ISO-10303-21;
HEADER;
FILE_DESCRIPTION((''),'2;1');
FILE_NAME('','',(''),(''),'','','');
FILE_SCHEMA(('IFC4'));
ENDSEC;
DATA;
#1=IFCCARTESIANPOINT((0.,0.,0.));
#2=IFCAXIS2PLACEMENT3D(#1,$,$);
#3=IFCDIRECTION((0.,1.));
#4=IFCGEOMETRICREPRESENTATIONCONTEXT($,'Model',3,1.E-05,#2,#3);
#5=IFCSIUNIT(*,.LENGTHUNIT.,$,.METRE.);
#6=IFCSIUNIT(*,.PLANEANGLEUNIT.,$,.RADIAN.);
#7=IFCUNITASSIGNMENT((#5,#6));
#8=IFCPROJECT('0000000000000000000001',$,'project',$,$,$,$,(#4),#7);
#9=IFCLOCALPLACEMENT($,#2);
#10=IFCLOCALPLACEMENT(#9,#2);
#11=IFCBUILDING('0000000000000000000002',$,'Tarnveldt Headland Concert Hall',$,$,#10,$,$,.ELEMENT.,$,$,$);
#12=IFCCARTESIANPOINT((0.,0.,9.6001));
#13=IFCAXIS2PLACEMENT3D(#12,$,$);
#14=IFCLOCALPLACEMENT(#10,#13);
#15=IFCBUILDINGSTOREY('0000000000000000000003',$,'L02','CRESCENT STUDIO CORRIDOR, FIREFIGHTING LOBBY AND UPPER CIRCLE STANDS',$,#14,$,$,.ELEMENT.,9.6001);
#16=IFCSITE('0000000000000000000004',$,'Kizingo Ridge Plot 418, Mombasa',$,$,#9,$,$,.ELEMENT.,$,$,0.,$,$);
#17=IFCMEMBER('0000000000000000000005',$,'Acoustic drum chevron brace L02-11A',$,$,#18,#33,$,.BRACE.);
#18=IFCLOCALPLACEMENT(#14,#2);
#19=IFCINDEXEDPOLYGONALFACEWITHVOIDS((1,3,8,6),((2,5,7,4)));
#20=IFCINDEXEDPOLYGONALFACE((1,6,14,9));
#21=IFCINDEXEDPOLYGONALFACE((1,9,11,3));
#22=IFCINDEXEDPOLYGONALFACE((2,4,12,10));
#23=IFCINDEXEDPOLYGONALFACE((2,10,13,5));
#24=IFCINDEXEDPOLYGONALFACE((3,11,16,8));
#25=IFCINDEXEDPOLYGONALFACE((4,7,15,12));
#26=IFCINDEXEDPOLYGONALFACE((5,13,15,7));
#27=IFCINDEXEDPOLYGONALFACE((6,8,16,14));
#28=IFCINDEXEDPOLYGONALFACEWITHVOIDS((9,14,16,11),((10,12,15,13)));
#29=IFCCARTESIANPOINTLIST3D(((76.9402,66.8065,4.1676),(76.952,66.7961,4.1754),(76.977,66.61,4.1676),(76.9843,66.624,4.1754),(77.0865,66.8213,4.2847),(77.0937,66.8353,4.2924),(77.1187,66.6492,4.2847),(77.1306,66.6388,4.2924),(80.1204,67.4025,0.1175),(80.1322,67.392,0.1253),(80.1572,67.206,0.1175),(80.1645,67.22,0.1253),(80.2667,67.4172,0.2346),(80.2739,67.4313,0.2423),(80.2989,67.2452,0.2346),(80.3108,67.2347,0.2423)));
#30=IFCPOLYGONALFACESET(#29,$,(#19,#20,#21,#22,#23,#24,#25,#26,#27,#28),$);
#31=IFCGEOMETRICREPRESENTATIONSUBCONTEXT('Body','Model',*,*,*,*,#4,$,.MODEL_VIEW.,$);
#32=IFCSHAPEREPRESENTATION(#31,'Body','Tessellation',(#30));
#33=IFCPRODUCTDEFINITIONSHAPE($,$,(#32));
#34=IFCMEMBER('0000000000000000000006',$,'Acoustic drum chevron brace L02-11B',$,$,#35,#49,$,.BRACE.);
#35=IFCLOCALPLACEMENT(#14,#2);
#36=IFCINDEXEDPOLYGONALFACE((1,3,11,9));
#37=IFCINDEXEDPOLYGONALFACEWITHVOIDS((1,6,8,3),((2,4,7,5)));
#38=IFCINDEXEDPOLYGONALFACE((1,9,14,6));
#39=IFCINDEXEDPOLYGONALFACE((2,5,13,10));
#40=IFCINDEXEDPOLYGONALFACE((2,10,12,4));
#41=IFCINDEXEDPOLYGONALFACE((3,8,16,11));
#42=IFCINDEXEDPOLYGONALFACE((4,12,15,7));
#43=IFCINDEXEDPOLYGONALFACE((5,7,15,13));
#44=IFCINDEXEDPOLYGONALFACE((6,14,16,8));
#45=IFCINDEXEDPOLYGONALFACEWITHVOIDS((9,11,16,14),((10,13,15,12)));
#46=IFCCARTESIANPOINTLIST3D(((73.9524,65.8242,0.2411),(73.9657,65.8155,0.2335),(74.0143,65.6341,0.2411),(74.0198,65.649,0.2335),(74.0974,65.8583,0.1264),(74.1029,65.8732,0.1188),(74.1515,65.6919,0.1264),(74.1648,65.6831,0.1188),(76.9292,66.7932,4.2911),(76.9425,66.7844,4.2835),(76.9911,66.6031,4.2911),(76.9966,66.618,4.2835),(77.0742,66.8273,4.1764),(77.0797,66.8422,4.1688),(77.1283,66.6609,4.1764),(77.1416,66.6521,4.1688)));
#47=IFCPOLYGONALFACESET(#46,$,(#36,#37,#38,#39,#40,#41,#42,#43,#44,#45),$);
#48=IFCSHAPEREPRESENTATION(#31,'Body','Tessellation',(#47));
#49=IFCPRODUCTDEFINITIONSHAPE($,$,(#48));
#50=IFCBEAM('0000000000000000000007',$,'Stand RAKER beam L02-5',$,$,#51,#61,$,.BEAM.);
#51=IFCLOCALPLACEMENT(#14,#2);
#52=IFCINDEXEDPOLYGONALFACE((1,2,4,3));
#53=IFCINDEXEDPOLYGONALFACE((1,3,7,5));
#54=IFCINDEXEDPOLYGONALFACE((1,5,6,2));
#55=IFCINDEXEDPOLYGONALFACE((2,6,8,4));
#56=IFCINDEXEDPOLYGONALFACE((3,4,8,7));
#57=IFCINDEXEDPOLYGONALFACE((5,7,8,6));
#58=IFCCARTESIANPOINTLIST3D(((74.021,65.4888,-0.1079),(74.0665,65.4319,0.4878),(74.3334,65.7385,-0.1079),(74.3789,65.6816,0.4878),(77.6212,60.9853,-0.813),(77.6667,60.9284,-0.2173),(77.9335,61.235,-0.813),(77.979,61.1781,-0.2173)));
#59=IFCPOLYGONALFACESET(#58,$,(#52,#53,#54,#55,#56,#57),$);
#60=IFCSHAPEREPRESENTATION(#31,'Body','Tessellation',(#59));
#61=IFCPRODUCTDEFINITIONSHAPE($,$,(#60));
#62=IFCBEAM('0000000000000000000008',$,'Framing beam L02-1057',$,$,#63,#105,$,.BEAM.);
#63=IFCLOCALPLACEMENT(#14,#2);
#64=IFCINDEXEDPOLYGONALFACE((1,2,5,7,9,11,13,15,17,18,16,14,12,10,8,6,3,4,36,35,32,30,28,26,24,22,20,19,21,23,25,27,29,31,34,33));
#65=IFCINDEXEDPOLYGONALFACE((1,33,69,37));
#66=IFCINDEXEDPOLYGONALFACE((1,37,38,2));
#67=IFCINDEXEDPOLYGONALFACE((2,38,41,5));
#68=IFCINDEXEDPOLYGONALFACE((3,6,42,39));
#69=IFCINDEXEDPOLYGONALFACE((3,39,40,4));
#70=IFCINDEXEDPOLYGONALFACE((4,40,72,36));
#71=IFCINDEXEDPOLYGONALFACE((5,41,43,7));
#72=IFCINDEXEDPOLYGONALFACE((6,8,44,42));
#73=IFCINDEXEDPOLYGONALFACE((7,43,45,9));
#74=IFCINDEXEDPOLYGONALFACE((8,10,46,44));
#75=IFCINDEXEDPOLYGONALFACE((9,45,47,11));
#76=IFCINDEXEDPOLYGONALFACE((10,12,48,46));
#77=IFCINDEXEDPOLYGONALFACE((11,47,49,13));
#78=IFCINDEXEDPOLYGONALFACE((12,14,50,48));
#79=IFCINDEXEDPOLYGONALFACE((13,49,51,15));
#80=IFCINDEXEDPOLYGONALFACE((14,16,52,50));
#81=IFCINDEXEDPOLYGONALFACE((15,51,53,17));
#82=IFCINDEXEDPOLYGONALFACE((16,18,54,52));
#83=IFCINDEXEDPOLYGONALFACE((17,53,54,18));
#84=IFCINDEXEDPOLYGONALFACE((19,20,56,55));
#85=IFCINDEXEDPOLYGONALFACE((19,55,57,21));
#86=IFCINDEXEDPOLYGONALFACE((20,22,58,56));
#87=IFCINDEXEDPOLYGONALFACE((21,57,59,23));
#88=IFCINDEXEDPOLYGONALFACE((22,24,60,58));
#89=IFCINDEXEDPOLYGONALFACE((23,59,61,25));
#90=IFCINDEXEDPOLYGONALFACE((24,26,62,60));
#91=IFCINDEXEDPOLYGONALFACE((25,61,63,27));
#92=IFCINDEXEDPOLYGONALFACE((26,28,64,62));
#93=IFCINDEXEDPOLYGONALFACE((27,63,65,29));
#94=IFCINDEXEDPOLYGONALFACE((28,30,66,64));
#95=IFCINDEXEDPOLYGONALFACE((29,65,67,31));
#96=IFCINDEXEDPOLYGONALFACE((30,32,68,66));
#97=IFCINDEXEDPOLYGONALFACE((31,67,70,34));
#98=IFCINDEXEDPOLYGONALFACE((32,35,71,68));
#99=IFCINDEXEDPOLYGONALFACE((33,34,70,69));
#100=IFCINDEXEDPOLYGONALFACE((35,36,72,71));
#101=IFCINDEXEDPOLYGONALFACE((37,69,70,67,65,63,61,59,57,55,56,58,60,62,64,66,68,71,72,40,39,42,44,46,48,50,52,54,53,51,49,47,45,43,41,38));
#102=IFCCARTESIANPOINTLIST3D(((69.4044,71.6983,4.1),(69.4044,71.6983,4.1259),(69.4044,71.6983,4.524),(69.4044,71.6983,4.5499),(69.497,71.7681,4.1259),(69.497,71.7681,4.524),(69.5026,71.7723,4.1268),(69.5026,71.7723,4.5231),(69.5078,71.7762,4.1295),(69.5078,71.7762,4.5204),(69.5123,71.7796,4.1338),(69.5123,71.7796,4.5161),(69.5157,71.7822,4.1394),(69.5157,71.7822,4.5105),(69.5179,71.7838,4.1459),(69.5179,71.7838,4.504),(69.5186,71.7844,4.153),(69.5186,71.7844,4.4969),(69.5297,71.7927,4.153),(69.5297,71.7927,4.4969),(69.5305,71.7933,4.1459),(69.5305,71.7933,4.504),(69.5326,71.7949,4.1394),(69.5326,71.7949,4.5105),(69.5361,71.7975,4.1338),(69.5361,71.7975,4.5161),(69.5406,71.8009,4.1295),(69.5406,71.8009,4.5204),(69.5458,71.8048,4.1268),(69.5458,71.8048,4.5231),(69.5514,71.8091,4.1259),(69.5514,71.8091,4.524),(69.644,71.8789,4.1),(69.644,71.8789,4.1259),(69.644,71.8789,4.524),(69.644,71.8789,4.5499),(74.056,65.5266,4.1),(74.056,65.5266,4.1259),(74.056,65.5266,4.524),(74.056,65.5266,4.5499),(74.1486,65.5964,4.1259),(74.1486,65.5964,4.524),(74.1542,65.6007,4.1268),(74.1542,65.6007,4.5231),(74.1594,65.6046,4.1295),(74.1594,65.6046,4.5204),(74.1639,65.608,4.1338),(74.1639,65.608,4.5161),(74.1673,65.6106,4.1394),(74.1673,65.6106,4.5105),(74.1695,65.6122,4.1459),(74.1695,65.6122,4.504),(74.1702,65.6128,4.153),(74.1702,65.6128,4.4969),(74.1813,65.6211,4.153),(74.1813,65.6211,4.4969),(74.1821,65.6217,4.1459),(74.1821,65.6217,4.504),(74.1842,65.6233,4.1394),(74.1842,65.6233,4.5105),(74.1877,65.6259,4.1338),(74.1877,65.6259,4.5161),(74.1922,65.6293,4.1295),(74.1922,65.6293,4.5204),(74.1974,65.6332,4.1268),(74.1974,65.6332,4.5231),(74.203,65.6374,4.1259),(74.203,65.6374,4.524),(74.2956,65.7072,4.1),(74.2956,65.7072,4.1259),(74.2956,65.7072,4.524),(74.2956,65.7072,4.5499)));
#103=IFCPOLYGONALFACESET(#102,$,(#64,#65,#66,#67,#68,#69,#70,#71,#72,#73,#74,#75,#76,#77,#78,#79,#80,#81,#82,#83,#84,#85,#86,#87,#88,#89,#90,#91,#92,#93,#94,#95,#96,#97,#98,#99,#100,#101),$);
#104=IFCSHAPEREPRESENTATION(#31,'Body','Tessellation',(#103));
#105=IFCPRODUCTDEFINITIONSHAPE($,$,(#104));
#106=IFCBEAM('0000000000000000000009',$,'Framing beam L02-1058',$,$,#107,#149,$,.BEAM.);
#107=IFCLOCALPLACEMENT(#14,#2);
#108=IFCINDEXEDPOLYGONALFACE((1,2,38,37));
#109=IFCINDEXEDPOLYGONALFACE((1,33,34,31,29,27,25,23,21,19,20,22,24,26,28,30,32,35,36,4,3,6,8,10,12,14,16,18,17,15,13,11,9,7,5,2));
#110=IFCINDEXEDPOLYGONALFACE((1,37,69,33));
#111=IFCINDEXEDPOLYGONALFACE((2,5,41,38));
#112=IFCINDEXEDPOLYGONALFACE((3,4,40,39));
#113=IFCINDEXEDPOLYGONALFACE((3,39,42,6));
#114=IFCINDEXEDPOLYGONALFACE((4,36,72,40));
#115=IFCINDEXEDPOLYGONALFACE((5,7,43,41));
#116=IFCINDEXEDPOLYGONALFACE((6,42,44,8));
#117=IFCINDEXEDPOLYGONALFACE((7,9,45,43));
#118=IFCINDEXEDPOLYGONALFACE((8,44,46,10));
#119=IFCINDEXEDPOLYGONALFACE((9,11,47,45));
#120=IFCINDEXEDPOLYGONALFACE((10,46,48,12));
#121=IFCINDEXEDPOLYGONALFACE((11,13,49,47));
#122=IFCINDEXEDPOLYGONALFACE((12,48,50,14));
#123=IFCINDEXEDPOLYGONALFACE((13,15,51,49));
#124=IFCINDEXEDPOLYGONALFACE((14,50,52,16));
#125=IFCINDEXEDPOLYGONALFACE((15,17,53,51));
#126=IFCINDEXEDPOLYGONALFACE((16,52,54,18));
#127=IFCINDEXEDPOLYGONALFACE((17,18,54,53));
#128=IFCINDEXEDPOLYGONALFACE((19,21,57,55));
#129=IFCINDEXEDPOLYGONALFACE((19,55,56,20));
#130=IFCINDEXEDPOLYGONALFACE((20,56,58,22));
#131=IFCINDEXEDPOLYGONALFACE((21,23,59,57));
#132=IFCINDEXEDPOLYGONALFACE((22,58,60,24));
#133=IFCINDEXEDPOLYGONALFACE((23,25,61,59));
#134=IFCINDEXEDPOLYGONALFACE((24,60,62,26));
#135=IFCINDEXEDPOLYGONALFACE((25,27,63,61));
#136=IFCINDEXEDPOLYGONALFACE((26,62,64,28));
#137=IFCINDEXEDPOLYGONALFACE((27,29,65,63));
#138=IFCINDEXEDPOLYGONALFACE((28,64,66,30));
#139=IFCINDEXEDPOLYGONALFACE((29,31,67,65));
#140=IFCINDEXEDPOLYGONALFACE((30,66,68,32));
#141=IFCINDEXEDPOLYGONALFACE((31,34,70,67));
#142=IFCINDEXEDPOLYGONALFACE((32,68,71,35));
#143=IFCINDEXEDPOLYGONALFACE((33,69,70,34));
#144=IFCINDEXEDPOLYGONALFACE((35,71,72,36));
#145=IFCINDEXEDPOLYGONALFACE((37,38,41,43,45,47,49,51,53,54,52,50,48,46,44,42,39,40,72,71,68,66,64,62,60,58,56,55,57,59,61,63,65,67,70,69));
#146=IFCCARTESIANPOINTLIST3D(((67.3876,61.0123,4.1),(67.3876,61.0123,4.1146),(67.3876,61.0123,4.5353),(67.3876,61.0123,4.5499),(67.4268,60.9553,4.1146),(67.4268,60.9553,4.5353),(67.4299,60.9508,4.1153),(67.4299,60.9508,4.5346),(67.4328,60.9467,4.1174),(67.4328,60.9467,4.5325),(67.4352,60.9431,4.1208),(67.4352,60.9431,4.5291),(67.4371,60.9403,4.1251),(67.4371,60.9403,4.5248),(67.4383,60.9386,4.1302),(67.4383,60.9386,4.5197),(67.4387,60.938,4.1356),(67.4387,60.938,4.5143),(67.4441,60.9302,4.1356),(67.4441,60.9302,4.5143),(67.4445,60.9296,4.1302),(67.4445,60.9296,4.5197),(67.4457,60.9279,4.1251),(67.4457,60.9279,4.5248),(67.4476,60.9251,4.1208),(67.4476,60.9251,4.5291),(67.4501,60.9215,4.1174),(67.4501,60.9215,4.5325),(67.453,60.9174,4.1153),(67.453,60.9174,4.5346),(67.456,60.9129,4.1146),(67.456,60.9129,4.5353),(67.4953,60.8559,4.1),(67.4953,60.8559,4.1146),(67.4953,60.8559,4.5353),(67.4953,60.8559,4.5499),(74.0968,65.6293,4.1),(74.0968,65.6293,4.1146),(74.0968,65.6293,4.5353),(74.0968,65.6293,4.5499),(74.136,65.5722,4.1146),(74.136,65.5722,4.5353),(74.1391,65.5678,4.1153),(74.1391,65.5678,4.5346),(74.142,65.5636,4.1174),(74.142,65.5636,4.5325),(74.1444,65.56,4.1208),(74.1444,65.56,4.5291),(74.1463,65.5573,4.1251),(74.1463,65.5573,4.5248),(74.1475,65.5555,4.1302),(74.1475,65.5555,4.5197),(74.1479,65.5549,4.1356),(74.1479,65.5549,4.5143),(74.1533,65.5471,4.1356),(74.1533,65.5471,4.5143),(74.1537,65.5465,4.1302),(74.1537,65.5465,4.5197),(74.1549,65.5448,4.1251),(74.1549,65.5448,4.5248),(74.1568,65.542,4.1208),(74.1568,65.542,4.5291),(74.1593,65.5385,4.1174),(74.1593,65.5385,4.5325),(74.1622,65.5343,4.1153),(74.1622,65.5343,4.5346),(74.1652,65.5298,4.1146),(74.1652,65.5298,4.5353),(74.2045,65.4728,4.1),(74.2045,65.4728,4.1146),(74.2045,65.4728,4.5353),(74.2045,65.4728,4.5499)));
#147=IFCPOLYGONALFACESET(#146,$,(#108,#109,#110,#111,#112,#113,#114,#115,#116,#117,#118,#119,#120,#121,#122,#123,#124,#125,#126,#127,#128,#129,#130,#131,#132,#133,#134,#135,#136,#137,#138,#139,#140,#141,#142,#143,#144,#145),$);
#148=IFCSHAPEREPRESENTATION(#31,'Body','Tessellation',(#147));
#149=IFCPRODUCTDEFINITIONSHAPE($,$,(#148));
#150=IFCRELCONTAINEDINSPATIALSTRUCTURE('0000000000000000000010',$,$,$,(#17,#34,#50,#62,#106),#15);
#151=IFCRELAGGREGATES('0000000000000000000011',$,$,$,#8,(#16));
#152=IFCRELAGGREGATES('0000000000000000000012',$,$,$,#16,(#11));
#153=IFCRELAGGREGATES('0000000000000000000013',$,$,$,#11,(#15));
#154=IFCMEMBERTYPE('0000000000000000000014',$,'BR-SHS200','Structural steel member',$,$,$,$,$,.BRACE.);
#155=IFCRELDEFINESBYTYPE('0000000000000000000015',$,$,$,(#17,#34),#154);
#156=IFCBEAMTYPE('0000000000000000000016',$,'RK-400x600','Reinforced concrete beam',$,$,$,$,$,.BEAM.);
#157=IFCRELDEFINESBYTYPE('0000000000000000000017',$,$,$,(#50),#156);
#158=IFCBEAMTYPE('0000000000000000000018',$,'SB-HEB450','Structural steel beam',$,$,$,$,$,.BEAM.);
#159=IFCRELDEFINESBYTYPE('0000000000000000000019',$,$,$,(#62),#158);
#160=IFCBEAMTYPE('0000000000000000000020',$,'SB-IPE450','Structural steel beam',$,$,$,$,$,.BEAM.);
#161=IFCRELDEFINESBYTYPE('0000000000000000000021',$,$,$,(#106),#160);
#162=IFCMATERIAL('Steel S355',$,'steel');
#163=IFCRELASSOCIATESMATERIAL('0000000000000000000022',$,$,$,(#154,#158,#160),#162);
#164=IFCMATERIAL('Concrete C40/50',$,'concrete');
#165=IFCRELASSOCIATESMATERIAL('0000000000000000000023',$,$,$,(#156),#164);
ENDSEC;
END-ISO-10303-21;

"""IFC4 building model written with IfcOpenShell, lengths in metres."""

from ifc_helpers import new_model, si_unit, direction, frame, origin, origin_2d, place, context, subcontext, project, spatial, rectangle, hollow_rectangle, i_section, extrude, material, material_profile, profile_set, type_object, element, save


model = new_model("IFC4")

# Units and contexts
model_context = context("Model", 3, precision=1e-05, world=origin(), true_north=direction((0.0, 1.0)))
body_context = subcontext(model_context, "Body", "Model", "MODEL_VIEW")
ifc_project = project(units=[si_unit("LENGTHUNIT", "METRE"), si_unit("PLANEANGLEUNIT", "RADIAN")], contexts=[model_context])

# Site, building, storey
site_placement = place(None, origin())
site = spatial("IfcSite", under=ifc_project, at=site_placement, Name="Kizingo Ridge Plot 418, Mombasa", CompositionType="ELEMENT", RefElevation=0.0)
building_placement = place(site_placement, origin())
building = spatial("IfcBuilding", under=site, at=building_placement, Name="Tarnveldt Headland Concert Hall", CompositionType="ELEMENT")
storey_placement = place(building_placement, frame((0.0, 0.0, 9.6001)))
storey = spatial("IfcBuildingStorey", under=building, at=storey_placement, Name="L02", Description="CRESCENT STUDIO CORRIDOR, FIREFIGHTING LOBBY AND UPPER CIRCLE STANDS", CompositionType="ELEMENT", Elevation=9.6001)

# Shared definitions
ifc_material_1 = material(Name="Concrete C40/50", Category="concrete")

# Members
ifc_material_2 = material(Name="Steel S355", Category="steel")
ifc_material_profile_1 = material_profile(ifc_material_2, hollow_rectangle(XDim=0.2, YDim=0.2, WallThickness=0.0125, at=origin_2d()), Name="SHS 200x200x12.5", Category="steel")
ifc_profile_set_1 = profile_set([ifc_material_profile_1], Name="Steel S355")
member_type_1 = type_object("IfcMemberType", Name="BR-SHS200", Description="Structural steel member", PredefinedType="BRACE", material=ifc_profile_set_1)
member_1_placement = place(storey_placement, frame((80.2156, 67.3186, 0.1799), z_axis=(-0.613486, -0.114964, 0.781293), x_axis=(0.184188, -0.982891, 0.0)))
element("IfcMember", 1, at=member_1_placement, inside=storey, type_object=member_type_1, Name="Acoustic drum chevron brace L02-11A", PredefinedType="BRACE", context=body_context, shape_type="SweptSolid", body=[
    extrude(hollow_rectangle(XDim=0.2, YDim=0.2, WallThickness=0.0125, at=origin_2d()), origin(), (0.0, 0.0, 1.0), 5.1838),
])
member_2_placement = place(storey_placement, frame((74.0586, 65.7537, 0.1799), z_axis=(0.581532, 0.189297, 0.791194), x_axis=(-0.309529, 0.95089, 0.0)))
element("IfcMember", 2, at=member_2_placement, inside=storey, type_object=member_type_1, Name="Acoustic drum chevron brace L02-11B", PredefinedType="BRACE", context=body_context, shape_type="SweptSolid", body=[
    extrude(hollow_rectangle(XDim=0.2, YDim=0.2, WallThickness=0.0125, at=origin_2d()), origin(), (0.0, 0.0, 1.0), 5.1189),
])

# Beams
ifc_material_profile_2 = material_profile(ifc_material_1, rectangle(XDim=0.3999, YDim=0.6001, at=origin_2d()), Name="RAKER RC 400x600", Category="concrete")
ifc_profile_set_2 = profile_set([ifc_material_profile_2], Name="Concrete C40/50")
beam_type_1 = type_object("IfcBeamType", Name="RK-400x600", Description="Reinforced concrete beam", PredefinedType="BEAM", material=ifc_profile_set_2)
beam_1_placement = place(storey_placement, frame((74.2, 65.5852, 0.1899), z_axis=(0.619799, -0.775316, -0.121387), x_axis=(0.781092, 0.624416, 0.0)))
element("IfcBeam", 3, at=beam_1_placement, inside=storey, type_object=beam_type_1, Name="Stand RAKER beam L02-5", PredefinedType="BEAM", context=body_context, shape_type="SweptSolid", body=[
    extrude(rectangle(XDim=0.3999, YDim=0.6001, at=origin_2d()), origin(), (0.0, 0.0, 1.0), 5.8086),
])
ifc_material_profile_3 = material_profile(ifc_material_2, i_section(OverallWidth=0.3, OverallDepth=0.45, WebThickness=0.0139, FlangeThickness=0.0259, FilletRadius=0.0271, at=origin_2d()), Name="HEB450", Category="steel")
ifc_profile_set_3 = profile_set([ifc_material_profile_3], Name="Steel S355")
beam_type_2 = type_object("IfcBeamType", Name="SB-HEB450", Description="Structural steel beam", PredefinedType="BEAM", material=ifc_profile_set_3)
beam_2_placement = place(storey_placement, frame((74.1758, 65.6169, 4.325), z_axis=(-0.601894, 0.798576, 0.0), x_axis=(-0.798576, -0.601894, 0.0)))
element("IfcBeam", 4, at=beam_2_placement, inside=storey, type_object=beam_type_2, Name="Framing beam L02-1057", PredefinedType="BEAM", context=body_context, shape_type="SweptSolid", body=[
    extrude(i_section(OverallWidth=0.3, OverallDepth=0.45, WebThickness=0.0139, FlangeThickness=0.0259, FilletRadius=0.0271, at=origin_2d()), origin(), (0.0, 0.0, 1.0), 7.7283),
])
ifc_material_profile_4 = material_profile(ifc_material_2, i_section(OverallWidth=0.1899, OverallDepth=0.45, WebThickness=0.0095, FlangeThickness=0.0146, FilletRadius=0.021, at=origin_2d()), Name="IPE450", Category="steel")
ifc_profile_set_4 = profile_set([ifc_material_profile_4], Name="Steel S355")
beam_type_3 = type_object("IfcBeamType", Name="SB-IPE450", Description="Structural steel beam", PredefinedType="BEAM", material=ifc_profile_set_4)
beam_3_placement = place(storey_placement, frame((74.1506, 65.551, 4.325), z_axis=(-0.823793, -0.566891, 0.0), x_axis=(0.566891, -0.823793, 0.0)))
element("IfcBeam", 5, at=beam_3_placement, inside=storey, type_object=beam_type_3, Name="Framing beam L02-1058", PredefinedType="BEAM", context=body_context, shape_type="SweptSolid", body=[
    extrude(i_section(OverallWidth=0.1899, OverallDepth=0.45, WebThickness=0.0095, FlangeThickness=0.0146, FilletRadius=0.021, at=origin_2d()), origin(), (0.0, 0.0, 1.0), 8.1443),
])

save(model, "model.ifc")
